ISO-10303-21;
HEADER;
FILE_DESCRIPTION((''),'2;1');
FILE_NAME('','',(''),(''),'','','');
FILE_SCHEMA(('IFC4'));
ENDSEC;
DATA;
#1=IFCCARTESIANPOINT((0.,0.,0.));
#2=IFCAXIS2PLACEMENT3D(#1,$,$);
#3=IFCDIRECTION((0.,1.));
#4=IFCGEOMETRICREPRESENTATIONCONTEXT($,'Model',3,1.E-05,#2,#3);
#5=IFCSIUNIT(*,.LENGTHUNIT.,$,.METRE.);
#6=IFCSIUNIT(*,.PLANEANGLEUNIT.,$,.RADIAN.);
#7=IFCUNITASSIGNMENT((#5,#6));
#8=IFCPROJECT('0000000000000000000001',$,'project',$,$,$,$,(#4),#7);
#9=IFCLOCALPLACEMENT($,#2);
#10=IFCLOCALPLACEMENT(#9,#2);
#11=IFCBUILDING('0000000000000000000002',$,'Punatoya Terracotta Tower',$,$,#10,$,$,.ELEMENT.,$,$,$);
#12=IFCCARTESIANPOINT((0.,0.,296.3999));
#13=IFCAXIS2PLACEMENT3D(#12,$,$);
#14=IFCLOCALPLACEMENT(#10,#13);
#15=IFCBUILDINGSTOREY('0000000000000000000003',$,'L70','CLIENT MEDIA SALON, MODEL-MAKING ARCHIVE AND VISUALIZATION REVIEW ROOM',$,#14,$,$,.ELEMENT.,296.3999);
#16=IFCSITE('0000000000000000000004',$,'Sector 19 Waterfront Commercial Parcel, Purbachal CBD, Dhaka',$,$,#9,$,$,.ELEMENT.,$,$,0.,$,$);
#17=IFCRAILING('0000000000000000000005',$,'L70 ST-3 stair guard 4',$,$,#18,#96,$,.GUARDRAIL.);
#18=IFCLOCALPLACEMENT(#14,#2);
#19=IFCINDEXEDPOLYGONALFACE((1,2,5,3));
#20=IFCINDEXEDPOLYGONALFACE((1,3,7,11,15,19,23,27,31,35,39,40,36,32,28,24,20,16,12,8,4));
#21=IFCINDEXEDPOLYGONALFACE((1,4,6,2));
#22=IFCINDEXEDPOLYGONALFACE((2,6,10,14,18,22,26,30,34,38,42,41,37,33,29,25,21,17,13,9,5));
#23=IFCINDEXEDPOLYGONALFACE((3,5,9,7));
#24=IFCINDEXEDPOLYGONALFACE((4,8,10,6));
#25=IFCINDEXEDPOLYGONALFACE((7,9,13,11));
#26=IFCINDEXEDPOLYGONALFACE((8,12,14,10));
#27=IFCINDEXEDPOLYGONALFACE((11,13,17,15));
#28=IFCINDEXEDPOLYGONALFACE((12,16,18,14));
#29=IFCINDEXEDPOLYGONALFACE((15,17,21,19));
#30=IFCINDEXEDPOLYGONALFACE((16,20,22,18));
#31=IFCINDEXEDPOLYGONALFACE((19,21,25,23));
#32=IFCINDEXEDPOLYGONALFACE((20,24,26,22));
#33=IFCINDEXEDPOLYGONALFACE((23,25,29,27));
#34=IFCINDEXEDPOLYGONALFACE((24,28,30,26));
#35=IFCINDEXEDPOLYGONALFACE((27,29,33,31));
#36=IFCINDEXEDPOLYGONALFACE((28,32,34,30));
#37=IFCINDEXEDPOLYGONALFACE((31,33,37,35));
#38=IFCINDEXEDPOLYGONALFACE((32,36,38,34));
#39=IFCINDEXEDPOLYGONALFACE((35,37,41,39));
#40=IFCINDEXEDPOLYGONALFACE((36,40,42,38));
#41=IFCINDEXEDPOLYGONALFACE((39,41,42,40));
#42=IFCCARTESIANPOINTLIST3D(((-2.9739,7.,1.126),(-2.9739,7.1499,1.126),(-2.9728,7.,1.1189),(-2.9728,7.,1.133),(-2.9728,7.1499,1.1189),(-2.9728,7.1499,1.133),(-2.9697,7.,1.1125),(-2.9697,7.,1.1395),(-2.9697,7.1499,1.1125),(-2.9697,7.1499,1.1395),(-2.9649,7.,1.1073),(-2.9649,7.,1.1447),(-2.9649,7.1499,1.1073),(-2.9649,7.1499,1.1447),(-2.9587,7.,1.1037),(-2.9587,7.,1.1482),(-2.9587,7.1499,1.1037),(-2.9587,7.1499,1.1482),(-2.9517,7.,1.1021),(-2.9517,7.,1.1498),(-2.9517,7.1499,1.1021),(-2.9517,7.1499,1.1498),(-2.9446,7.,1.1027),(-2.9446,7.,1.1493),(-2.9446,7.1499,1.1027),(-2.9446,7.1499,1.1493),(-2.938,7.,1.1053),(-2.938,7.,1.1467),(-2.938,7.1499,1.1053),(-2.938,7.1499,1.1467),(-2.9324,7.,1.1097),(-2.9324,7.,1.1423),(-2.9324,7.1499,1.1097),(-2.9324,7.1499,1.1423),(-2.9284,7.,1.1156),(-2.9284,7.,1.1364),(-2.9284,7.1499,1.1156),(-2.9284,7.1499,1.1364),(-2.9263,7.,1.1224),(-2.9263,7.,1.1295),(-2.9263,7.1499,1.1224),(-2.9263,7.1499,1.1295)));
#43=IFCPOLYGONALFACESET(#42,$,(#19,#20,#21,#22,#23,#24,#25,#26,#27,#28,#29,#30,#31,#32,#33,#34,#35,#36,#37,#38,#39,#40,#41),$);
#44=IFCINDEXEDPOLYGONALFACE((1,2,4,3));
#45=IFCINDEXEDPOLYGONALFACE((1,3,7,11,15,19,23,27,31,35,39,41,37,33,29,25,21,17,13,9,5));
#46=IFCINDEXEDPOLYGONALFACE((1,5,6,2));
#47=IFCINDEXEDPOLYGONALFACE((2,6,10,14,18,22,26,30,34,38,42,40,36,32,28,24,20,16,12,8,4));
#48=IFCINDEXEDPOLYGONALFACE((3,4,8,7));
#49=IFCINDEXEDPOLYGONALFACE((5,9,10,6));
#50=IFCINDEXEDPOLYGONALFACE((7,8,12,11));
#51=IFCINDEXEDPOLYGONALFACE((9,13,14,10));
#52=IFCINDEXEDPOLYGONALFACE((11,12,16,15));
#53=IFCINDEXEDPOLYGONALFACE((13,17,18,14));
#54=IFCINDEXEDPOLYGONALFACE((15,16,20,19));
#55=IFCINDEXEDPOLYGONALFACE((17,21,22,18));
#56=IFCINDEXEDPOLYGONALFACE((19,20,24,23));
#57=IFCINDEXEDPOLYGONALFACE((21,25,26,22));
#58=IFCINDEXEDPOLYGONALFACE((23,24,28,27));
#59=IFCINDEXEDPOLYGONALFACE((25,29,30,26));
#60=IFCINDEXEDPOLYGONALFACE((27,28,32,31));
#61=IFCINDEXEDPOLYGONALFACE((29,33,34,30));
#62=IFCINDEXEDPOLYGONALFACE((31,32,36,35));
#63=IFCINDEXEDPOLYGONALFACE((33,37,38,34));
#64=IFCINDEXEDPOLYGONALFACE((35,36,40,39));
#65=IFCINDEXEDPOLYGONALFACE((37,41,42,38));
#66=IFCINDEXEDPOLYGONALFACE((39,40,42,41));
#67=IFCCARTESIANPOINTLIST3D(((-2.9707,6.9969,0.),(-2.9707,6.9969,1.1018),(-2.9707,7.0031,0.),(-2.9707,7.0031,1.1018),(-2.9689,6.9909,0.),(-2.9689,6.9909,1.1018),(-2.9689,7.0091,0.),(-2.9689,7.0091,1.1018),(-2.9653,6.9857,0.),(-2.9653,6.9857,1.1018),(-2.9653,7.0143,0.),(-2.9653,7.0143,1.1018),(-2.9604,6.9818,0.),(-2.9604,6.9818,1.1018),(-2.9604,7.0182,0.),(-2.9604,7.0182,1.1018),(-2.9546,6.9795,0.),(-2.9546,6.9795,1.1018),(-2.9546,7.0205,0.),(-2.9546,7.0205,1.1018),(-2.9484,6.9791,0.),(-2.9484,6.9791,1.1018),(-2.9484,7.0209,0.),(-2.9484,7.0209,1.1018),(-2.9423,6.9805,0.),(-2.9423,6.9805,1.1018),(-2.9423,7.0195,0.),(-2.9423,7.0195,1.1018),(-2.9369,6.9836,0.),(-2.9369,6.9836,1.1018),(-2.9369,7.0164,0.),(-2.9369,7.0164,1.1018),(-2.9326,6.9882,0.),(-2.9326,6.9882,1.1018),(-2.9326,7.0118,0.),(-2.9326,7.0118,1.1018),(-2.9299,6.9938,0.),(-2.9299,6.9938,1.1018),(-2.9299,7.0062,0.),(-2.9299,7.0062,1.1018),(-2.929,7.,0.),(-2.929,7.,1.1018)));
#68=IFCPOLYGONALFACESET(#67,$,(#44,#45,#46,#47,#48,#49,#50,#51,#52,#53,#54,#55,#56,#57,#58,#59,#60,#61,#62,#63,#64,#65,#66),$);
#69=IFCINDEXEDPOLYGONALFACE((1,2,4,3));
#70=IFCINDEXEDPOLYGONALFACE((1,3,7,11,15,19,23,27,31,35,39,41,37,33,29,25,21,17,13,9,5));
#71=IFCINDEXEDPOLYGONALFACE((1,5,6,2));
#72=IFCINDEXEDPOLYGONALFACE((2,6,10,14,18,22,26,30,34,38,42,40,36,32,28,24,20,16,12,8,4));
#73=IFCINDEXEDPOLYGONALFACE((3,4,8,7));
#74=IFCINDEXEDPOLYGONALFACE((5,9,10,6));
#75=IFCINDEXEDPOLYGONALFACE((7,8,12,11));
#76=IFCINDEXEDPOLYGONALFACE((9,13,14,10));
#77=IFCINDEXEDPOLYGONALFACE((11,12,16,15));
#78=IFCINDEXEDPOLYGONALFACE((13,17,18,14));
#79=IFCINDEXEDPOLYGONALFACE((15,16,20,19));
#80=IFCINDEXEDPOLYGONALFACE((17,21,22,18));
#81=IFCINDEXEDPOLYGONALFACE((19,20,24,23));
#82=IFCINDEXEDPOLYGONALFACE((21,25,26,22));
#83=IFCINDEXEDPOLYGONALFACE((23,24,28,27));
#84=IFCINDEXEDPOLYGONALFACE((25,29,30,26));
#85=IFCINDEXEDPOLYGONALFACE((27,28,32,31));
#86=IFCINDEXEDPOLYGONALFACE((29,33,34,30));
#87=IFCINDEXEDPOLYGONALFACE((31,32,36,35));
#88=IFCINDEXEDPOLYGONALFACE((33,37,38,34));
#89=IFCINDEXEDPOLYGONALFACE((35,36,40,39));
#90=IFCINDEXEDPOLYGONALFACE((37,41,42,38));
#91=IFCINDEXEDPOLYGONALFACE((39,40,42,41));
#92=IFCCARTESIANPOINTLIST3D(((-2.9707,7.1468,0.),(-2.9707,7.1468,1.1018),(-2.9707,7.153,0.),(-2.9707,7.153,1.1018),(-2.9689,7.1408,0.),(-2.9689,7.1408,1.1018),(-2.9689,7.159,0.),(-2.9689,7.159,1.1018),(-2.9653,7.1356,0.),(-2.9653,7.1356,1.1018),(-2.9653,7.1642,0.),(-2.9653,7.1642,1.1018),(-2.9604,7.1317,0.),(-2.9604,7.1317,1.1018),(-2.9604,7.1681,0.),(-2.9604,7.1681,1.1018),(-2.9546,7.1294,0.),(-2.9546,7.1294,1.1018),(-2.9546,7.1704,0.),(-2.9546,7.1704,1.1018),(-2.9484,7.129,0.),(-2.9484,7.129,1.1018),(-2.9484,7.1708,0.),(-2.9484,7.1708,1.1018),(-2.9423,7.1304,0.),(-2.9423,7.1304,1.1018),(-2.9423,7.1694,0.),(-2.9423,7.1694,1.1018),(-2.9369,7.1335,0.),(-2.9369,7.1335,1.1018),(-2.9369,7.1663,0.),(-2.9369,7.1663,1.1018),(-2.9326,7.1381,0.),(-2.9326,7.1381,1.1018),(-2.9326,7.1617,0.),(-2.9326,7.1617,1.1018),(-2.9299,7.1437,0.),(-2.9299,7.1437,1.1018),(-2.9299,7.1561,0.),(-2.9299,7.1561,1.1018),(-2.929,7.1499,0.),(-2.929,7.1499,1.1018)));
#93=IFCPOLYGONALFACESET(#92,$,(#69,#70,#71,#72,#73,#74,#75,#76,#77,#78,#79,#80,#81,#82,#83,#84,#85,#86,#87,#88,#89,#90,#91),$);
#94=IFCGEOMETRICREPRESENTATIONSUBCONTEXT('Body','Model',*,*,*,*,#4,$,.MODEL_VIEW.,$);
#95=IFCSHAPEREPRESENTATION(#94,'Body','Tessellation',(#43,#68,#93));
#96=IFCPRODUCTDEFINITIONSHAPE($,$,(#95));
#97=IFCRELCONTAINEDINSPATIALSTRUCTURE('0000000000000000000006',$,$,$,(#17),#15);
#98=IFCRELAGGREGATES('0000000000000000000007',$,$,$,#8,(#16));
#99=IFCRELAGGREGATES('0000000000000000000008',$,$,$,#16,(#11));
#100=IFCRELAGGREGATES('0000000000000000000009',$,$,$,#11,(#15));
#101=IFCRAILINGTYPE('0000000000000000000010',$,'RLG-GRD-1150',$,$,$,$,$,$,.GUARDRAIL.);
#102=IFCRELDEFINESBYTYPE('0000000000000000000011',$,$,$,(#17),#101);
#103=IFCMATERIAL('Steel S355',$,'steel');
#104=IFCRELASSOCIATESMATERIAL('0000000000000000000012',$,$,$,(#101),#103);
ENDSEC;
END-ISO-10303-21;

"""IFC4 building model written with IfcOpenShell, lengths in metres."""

from ifc_helpers import new_model, si_unit, direction, frame, origin, origin_2d, place, context, subcontext, project, spatial, circle, extrude, material, type_object, element, save


model = new_model("IFC4")

# Units and contexts
model_context = context("Model", 3, precision=1e-05, world=origin(), true_north=direction((0.0, 1.0)))
body_context = subcontext(model_context, "Body", "Model", "MODEL_VIEW")
ifc_project = project(units=[si_unit("LENGTHUNIT", "METRE"), si_unit("PLANEANGLEUNIT", "RADIAN")], contexts=[model_context])

# Site, building, storey
site_placement = place(None, origin())
site = spatial("IfcSite", under=ifc_project, at=site_placement, Name="Sector 19 Waterfront Commercial Parcel, Purbachal CBD, Dhaka", CompositionType="ELEMENT", RefElevation=0.0)
building_placement = place(site_placement, origin())
building = spatial("IfcBuilding", under=site, at=building_placement, Name="Punatoya Terracotta Tower", CompositionType="ELEMENT")
storey_placement = place(building_placement, frame((0.0, 0.0, 296.3999)))
storey = spatial("IfcBuildingStorey", under=building, at=storey_placement, Name="L70", Description="CLIENT MEDIA SALON, MODEL-MAKING ARCHIVE AND VISUALIZATION REVIEW ROOM", CompositionType="ELEMENT", Elevation=296.3999)

# Shared definitions
ifc_material_1 = material(Name="Steel S355", Category="steel")

# Railing
railing_type_1 = type_object("IfcRailingType", Name="RLG-GRD-1150", PredefinedType="GUARDRAIL", material=ifc_material_1)
railing_1_placement = place(storey_placement, frame((-2.95, 7.0, 0.0)))
element("IfcRailing", 1, at=railing_1_placement, inside=storey, type_object=railing_type_1, Name="L70 ST-3 stair guard 4", PredefinedType="GUARDRAIL", context=body_context, shape_type="SweptSolid", body=[
    extrude(circle(Radius=0.0239, at=origin_2d()), frame((0.0, 0.0, 1.126), z_axis=(0.0, 1.0, 0.0), x_axis=(-1.0, 0.0, 0.0)), (0.0, 0.0, 1.0), 0.1499),
    extrude(circle(Radius=0.021, at=origin_2d()), origin(), (0.0, 0.0, 1.0), 1.1018),
    extrude(circle(Radius=0.021, at=origin_2d()), frame((0.0, 0.1499, 0.0)), (0.0, 0.0, 1.0), 1.1018),
])

save(model, "model.ifc")
